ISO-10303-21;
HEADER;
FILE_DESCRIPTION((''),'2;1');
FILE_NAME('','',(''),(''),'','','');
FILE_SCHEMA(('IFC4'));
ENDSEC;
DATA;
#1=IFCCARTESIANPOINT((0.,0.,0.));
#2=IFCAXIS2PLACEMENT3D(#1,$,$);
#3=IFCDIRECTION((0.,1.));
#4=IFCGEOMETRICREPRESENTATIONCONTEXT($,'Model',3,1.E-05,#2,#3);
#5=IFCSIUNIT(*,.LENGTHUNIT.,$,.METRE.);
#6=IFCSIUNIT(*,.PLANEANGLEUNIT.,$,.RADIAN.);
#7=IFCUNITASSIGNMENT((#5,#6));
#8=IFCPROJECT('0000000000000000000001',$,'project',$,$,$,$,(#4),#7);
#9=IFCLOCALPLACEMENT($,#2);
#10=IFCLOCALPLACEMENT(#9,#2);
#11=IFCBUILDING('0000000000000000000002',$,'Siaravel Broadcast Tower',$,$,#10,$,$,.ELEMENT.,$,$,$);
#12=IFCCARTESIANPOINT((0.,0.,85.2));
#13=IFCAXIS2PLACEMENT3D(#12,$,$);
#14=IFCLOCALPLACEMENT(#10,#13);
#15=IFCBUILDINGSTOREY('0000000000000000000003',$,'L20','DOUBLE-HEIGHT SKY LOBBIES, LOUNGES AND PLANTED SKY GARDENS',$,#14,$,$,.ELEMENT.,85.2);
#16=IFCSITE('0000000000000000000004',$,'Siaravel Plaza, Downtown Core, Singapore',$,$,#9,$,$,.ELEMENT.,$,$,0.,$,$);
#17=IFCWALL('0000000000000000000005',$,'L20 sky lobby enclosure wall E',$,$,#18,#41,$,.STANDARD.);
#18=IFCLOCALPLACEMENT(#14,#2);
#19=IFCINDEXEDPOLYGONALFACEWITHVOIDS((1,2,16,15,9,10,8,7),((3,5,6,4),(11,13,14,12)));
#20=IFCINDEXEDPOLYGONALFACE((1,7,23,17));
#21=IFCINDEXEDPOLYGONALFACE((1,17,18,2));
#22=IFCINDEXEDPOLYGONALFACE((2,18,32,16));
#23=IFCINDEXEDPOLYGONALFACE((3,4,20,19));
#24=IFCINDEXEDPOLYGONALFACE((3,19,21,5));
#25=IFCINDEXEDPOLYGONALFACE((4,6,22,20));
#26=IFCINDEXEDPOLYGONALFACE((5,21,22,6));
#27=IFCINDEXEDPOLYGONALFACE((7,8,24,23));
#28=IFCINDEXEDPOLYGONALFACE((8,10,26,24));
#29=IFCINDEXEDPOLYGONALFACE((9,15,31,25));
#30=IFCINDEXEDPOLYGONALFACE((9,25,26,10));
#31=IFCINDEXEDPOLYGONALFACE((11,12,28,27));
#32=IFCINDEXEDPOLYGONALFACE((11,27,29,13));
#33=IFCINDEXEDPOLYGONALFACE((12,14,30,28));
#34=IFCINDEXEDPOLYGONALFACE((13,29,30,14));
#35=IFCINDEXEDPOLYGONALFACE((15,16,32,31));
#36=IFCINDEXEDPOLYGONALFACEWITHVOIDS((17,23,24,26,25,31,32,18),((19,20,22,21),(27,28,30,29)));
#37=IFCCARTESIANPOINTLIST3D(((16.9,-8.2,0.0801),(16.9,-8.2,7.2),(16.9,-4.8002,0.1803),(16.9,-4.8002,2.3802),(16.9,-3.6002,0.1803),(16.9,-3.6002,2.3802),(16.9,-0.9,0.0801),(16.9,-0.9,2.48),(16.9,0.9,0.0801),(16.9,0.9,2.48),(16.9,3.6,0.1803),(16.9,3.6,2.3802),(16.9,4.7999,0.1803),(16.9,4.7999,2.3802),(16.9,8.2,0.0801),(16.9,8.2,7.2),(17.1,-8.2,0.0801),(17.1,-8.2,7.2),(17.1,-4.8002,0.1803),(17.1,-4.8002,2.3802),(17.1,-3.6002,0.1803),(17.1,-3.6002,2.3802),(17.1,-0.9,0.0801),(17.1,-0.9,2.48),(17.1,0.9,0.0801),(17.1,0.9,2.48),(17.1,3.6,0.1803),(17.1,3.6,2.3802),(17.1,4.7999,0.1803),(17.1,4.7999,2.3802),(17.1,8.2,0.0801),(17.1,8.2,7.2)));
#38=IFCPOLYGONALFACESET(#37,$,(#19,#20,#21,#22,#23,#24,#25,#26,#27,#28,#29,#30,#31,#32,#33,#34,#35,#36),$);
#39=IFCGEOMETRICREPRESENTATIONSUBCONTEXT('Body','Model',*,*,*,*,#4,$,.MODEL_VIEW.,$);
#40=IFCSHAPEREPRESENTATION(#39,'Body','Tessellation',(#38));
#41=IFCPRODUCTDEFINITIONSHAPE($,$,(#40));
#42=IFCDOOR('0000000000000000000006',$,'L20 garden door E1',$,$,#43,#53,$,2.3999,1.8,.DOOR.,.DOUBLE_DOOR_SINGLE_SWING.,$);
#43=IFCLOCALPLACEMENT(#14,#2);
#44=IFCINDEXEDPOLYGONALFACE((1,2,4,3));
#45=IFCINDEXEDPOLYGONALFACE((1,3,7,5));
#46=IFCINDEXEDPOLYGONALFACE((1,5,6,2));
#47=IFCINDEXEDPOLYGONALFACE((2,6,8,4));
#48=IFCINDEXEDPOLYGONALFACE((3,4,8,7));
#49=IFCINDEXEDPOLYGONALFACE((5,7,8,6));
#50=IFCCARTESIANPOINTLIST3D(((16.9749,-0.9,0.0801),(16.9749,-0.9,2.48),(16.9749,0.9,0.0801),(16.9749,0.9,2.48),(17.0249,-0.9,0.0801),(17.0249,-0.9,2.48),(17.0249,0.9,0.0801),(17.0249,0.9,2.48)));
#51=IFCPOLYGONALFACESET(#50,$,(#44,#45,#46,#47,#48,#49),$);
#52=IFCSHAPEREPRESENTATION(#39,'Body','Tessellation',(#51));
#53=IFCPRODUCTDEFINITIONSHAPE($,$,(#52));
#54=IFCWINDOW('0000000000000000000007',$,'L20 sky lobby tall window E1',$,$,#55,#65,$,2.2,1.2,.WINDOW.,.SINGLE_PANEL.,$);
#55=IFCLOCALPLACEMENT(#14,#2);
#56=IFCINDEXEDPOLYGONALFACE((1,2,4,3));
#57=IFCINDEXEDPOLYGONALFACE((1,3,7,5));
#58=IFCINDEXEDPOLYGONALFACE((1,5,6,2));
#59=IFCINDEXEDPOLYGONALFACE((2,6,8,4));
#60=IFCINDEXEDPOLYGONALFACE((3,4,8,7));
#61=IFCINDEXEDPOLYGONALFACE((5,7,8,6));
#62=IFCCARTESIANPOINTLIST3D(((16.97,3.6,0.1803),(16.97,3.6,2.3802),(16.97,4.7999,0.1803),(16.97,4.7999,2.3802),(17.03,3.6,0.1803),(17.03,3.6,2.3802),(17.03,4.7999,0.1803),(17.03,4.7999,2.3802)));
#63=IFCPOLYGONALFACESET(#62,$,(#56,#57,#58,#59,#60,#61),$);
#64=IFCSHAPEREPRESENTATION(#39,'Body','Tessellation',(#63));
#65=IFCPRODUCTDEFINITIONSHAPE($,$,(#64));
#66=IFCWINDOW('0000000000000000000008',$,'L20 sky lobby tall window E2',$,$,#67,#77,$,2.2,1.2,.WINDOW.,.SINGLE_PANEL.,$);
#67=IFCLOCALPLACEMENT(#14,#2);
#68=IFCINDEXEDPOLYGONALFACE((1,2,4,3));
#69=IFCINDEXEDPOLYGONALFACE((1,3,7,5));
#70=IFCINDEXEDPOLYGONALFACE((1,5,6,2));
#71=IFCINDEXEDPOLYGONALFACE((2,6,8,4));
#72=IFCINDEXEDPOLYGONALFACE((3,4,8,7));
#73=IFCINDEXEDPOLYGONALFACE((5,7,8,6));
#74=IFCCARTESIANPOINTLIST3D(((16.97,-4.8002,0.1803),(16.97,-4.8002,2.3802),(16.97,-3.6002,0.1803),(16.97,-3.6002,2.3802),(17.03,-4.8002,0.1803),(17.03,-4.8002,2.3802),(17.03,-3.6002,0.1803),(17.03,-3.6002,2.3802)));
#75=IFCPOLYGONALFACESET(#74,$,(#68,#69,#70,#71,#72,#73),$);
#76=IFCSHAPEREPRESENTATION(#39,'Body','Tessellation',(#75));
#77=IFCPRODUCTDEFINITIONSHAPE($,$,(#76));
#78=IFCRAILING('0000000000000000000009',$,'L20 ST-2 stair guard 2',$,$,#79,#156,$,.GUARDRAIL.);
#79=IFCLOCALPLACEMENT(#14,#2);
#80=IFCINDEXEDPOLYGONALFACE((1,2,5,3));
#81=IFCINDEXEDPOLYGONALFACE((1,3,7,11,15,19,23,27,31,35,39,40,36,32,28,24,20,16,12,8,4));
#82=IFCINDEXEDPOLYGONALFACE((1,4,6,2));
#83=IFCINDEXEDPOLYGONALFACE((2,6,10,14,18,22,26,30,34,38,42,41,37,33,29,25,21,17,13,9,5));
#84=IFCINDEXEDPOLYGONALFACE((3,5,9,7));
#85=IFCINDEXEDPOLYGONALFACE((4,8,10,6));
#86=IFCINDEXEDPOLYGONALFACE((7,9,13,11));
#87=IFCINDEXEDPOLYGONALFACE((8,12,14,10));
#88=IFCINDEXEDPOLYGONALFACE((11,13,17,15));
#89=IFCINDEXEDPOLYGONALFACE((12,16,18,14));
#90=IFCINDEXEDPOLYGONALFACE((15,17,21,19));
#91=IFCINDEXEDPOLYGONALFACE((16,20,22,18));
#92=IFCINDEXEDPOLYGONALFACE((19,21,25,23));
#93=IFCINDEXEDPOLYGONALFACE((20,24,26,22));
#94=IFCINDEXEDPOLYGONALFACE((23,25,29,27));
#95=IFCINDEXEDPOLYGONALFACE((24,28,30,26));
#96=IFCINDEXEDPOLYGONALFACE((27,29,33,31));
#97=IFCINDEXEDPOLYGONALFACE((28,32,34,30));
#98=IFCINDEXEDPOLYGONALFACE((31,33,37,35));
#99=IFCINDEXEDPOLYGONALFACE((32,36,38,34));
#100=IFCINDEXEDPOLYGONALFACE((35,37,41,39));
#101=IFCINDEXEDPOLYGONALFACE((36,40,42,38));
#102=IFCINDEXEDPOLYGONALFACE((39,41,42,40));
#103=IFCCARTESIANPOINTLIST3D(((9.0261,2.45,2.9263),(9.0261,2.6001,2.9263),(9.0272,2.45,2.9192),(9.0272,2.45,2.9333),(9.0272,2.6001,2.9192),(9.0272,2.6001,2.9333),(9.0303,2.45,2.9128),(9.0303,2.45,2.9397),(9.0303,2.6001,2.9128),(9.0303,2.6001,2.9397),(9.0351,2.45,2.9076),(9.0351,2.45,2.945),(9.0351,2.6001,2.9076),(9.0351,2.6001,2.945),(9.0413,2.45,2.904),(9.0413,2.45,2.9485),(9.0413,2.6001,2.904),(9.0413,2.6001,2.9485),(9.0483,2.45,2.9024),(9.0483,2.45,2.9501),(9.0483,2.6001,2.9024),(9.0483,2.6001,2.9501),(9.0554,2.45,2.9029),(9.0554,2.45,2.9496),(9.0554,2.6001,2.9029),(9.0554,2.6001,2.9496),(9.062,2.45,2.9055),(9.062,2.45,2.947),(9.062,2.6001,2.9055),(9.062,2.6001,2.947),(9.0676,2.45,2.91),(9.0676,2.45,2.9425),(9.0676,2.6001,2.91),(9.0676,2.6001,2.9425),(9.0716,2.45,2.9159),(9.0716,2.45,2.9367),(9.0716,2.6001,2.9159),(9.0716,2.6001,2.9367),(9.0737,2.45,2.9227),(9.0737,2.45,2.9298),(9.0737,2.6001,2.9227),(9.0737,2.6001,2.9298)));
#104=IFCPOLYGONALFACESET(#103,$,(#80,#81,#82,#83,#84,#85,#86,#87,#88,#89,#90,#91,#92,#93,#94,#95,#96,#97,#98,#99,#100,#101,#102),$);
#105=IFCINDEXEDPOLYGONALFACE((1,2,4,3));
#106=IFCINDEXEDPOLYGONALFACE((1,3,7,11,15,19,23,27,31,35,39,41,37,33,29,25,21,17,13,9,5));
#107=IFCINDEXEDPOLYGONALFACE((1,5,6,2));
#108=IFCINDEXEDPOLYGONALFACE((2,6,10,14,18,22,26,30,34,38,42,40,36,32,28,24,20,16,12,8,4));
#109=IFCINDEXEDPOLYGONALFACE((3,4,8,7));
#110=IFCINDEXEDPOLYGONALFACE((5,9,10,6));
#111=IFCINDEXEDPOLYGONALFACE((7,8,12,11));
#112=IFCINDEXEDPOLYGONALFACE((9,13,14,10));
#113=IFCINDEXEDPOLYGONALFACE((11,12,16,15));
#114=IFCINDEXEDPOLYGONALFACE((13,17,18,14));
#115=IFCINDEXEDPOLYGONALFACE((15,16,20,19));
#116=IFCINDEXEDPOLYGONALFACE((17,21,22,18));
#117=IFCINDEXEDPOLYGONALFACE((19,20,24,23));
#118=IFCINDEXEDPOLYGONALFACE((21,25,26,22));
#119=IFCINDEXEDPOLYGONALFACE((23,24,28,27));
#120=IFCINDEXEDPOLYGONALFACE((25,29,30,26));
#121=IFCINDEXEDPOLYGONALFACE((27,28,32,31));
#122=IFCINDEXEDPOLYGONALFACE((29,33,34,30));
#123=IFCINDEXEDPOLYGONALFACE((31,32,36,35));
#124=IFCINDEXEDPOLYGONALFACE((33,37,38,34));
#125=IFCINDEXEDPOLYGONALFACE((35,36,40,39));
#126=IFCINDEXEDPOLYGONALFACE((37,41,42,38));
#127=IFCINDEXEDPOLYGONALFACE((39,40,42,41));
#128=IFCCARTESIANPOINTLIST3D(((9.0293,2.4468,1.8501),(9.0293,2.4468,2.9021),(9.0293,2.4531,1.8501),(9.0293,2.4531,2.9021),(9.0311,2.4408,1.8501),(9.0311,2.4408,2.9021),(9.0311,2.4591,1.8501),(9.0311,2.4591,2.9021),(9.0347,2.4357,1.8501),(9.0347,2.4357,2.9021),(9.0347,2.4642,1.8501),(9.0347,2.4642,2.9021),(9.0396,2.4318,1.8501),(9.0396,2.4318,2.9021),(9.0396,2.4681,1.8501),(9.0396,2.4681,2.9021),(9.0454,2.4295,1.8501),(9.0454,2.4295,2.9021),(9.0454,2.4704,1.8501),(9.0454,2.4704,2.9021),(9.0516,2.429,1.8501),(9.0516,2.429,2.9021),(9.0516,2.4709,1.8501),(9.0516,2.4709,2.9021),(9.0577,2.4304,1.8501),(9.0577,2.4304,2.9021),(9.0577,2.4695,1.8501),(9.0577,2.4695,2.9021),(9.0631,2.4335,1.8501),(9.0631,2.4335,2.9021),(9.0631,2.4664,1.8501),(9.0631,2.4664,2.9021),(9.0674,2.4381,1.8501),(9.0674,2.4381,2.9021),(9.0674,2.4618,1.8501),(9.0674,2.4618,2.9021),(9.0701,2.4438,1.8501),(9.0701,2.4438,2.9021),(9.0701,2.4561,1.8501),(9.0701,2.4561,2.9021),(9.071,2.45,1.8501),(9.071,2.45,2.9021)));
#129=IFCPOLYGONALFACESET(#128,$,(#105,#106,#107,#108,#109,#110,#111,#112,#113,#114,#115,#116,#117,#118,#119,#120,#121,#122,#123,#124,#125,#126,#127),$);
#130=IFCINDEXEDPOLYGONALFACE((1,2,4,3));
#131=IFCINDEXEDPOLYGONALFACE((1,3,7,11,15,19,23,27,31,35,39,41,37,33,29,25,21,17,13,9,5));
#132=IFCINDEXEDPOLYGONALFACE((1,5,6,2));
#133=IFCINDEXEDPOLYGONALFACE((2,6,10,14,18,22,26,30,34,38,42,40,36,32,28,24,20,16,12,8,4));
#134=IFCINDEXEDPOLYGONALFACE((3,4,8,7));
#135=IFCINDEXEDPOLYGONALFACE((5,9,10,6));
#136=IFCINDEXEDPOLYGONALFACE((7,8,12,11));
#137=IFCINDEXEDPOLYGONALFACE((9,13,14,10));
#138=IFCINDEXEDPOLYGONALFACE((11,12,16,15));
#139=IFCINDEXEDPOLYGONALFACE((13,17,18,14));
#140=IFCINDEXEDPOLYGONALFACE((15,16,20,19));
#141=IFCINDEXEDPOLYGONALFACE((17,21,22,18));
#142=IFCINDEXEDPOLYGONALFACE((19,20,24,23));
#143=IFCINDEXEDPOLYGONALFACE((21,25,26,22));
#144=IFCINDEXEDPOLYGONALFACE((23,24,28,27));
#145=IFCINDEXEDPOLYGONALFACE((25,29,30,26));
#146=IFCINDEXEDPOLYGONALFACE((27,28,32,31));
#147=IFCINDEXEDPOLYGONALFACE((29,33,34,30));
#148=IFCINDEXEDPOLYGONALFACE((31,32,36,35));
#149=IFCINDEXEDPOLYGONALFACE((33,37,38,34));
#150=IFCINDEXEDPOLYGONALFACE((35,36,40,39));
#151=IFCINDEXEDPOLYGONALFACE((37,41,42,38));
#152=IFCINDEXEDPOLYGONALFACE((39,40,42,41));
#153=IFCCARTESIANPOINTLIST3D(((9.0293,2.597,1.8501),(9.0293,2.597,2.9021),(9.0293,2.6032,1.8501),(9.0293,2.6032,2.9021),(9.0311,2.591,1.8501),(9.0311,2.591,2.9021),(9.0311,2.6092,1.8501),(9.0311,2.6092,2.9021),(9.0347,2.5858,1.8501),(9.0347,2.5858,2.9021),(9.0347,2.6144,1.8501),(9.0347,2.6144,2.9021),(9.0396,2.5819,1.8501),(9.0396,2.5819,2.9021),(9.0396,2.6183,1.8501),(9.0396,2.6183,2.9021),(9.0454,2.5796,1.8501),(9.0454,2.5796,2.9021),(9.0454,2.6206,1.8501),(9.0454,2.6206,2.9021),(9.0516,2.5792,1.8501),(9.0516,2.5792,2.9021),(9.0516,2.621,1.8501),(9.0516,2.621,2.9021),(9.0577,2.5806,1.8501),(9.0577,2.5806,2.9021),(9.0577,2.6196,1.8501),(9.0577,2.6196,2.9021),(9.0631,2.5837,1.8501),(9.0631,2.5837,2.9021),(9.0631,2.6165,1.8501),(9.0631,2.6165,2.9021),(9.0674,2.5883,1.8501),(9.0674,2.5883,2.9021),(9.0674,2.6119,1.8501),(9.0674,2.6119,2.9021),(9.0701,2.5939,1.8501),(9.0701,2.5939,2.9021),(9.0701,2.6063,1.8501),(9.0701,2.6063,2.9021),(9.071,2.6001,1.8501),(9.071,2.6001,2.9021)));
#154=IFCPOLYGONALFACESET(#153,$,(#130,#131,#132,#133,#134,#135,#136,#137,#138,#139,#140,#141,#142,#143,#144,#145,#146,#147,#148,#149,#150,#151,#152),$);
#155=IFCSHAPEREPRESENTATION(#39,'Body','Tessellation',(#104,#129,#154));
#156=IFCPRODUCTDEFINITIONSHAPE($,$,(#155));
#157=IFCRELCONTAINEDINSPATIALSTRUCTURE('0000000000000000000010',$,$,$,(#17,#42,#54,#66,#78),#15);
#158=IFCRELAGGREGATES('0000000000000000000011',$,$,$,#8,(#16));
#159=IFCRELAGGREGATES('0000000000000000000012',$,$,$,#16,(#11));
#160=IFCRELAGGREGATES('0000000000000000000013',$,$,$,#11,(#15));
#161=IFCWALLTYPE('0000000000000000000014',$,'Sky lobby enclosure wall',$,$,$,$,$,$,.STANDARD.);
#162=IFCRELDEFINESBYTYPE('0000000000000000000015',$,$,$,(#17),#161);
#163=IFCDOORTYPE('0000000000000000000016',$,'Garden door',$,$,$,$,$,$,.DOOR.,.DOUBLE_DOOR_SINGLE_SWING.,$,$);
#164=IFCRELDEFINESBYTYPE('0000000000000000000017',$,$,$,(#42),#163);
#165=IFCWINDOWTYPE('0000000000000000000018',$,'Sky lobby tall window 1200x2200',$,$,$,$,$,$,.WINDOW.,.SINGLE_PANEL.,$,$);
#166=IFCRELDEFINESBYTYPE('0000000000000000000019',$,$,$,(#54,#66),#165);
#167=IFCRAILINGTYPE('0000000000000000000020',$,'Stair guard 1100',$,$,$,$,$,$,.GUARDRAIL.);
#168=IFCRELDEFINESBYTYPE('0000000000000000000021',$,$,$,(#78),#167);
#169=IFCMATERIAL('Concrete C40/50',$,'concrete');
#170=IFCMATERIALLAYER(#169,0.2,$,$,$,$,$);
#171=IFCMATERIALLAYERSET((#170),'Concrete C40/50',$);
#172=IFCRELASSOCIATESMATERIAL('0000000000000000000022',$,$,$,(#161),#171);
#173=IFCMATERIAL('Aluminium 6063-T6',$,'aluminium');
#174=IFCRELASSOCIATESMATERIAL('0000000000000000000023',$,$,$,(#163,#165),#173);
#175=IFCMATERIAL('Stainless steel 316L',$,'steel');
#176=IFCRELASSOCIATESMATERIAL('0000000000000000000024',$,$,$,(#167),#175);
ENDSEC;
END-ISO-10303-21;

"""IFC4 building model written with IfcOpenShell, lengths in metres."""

from ifc_helpers import new_model, si_unit, direction, frame, frame_2d, origin, origin_2d, place, context, subcontext, project, spatial, rectangle, circle, extrude, material, layer, layer_set, type_object, element, fill, save


model = new_model("IFC4")

# Units and contexts
model_context = context("Model", 3, precision=1e-05, world=origin(), true_north=direction((0.0, 1.0)))
body_context = subcontext(model_context, "Body", "Model", "MODEL_VIEW")
ifc_project = project(units=[si_unit("LENGTHUNIT", "METRE"), si_unit("PLANEANGLEUNIT", "RADIAN")], contexts=[model_context])

# Site, building, storey
site_placement = place(None, origin())
site = spatial("IfcSite", under=ifc_project, at=site_placement, Name="Siaravel Plaza, Downtown Core, Singapore", CompositionType="ELEMENT", RefElevation=0.0)
building_placement = place(site_placement, origin())
building = spatial("IfcBuilding", under=site, at=building_placement, Name="Siaravel Broadcast Tower", CompositionType="ELEMENT")
storey_placement = place(building_placement, frame((0.0, 0.0, 85.2)))
storey = spatial("IfcBuildingStorey", under=building, at=storey_placement, Name="L20", Description="DOUBLE-HEIGHT SKY LOBBIES, LOUNGES AND PLANTED SKY GARDENS", CompositionType="ELEMENT", Elevation=85.2)

# Shared definitions
ifc_material_1 = material(Name="Concrete C40/50", Category="concrete")
ifc_layer_1 = layer(ifc_material_1, 0.2)
ifc_layer_set_1 = layer_set([ifc_layer_1], Name="Concrete C40/50")
wall_type_1 = type_object("IfcWallType", Name="Sky lobby enclosure wall", PredefinedType="STANDARD", material=ifc_layer_set_1)

# Wall, openings, door, windows
wall_1_placement = place(storey_placement, frame((17.0, 8.2, 0.0801), z_axis=(0.0, 0.0, 1.0), x_axis=(0.0, -1.0, 0.0)))
wall_1 = element("IfcWall", 1, at=wall_1_placement, inside=storey, type_object=wall_type_1, Name="L20 sky lobby enclosure wall E", PredefinedType="STANDARD", context=body_context, shape_type="SweptSolid", body=[
    extrude(rectangle(XDim=16.3999, YDim=0.2, at=frame_2d((8.2, 0.0))), origin(), (0.0, 0.0, 1.0), 7.1199),
])
opening_1_placement = place(wall_1_placement, frame((7.3, 0.0, 0.0)))
opening_1 = element("IfcOpeningElement", 2, at=opening_1_placement, cuts=wall_1, PredefinedType="OPENING", context=body_context, shape_type="SweptSolid", body=[
    extrude(rectangle(XDim=1.8, YDim=2.3999, at=frame_2d((0.8999, 1.2))), frame((0.0, 0.1099, 0.0), z_axis=(0.0, -1.0, 0.0), x_axis=(1.0, 0.0, 0.0)), (0.0, 0.0, 1.0), 0.22),
])
opening_2_placement = place(wall_1_placement, frame((3.3999, 0.0, 0.1001)))
opening_2 = element("IfcOpeningElement", 3, at=opening_2_placement, cuts=wall_1, PredefinedType="OPENING", context=body_context, shape_type="SweptSolid", body=[
    extrude(rectangle(XDim=1.2, YDim=2.2, at=frame_2d((0.6001, 1.1001))), frame((0.0, 0.1099, 0.0), z_axis=(0.0, -1.0, 0.0), x_axis=(1.0, 0.0, 0.0)), (0.0, 0.0, 1.0), 0.22),
])
opening_3_placement = place(wall_1_placement, frame((11.8, 0.0, 0.1001)))
opening_3 = element("IfcOpeningElement", 4, at=opening_3_placement, cuts=wall_1, PredefinedType="OPENING", context=body_context, shape_type="SweptSolid", body=[
    extrude(rectangle(XDim=1.2, YDim=2.2, at=frame_2d((0.6001, 1.1001))), frame((0.0, 0.1099, 0.0), z_axis=(0.0, -1.0, 0.0), x_axis=(1.0, 0.0, 0.0)), (0.0, 0.0, 1.0), 0.22),
])
ifc_material_2 = material(Name="Aluminium 6063-T6", Category="aluminium")
door_type_1 = type_object("IfcDoorType", Name="Garden door", OperationType="DOUBLE_DOOR_SINGLE_SWING", PredefinedType="DOOR", material=ifc_material_2)
door_1_placement = place(opening_1_placement, origin())
door_1 = element("IfcDoor", 5, at=door_1_placement, inside=storey, type_object=door_type_1, Name="L20 garden door E1", OperationType="DOUBLE_DOOR_SINGLE_SWING", OverallHeight=2.3999, OverallWidth=1.8, PredefinedType="DOOR", context=body_context, shape_type="SweptSolid", body=[
    extrude(rectangle(XDim=1.8, YDim=2.3999, at=frame_2d((0.8999, 1.2))), frame((0.0, 0.0249, 0.0), z_axis=(0.0, -1.0, 0.0), x_axis=(1.0, 0.0, 0.0)), (0.0, 0.0, 1.0), 0.05),
])
fill(opening_1, door_1)
window_type = type_object("IfcWindowType", Name="Sky lobby tall window 1200x2200", PartitioningType="SINGLE_PANEL", PredefinedType="WINDOW", material=ifc_material_2)
window_1_placement = place(opening_2_placement, origin())
window_1 = element("IfcWindow", 6, at=window_1_placement, inside=storey, type_object=window_type, Name="L20 sky lobby tall window E1", OverallHeight=2.2, OverallWidth=1.2, PartitioningType="SINGLE_PANEL", PredefinedType="WINDOW", context=body_context, shape_type="SweptSolid", body=[
    extrude(rectangle(XDim=1.2, YDim=2.2, at=frame_2d((0.6001, 1.1001))), frame((0.0, 0.03, 0.0), z_axis=(0.0, -1.0, 0.0), x_axis=(1.0, 0.0, 0.0)), (0.0, 0.0, 1.0), 0.0601),
])
fill(opening_2, window_1)
window_2_placement = place(opening_3_placement, origin())
window_2 = element("IfcWindow", 7, at=window_2_placement, inside=storey, type_object=window_type, Name="L20 sky lobby tall window E2", OverallHeight=2.2, OverallWidth=1.2, PartitioningType="SINGLE_PANEL", PredefinedType="WINDOW", context=body_context, shape_type="SweptSolid", body=[
    extrude(rectangle(XDim=1.2, YDim=2.2, at=frame_2d((0.6001, 1.1001))), frame((0.0, 0.03, 0.0), z_axis=(0.0, -1.0, 0.0), x_axis=(1.0, 0.0, 0.0)), (0.0, 0.0, 1.0), 0.0601),
])
fill(opening_3, window_2)

# Railing
ifc_material_3 = material(Name="Stainless steel 316L", Category="steel")
railing_type_1 = type_object("IfcRailingType", Name="Stair guard 1100", PredefinedType="GUARDRAIL", material=ifc_material_3)
for number, where, name in (
    (8, (9.05, 2.45, 1.8501), "L20 ST-2 stair guard 2"),
):
    element("IfcRailing", number, at=place(storey_placement, frame(where)), inside=storey, type_object=railing_type_1, Name=name, PredefinedType="GUARDRAIL", context=body_context, shape_type="SweptSolid", body=[
        extrude(circle(Radius=0.0239, at=origin_2d()), frame((0.0, 0.0, 1.0762), z_axis=(0.0, 1.0, 0.0), x_axis=(-1.0, 0.0, 0.0)), (0.0, 0.0, 1.0), 0.1501),
        extrude(circle(Radius=0.021, at=origin_2d()), origin(), (0.0, 0.0, 1.0), 1.052),
        extrude(circle(Radius=0.021, at=origin_2d()), frame((0.0, 0.1501, 0.0)), (0.0, 0.0, 1.0), 1.052),
    ])

save(model, "model.ifc")
